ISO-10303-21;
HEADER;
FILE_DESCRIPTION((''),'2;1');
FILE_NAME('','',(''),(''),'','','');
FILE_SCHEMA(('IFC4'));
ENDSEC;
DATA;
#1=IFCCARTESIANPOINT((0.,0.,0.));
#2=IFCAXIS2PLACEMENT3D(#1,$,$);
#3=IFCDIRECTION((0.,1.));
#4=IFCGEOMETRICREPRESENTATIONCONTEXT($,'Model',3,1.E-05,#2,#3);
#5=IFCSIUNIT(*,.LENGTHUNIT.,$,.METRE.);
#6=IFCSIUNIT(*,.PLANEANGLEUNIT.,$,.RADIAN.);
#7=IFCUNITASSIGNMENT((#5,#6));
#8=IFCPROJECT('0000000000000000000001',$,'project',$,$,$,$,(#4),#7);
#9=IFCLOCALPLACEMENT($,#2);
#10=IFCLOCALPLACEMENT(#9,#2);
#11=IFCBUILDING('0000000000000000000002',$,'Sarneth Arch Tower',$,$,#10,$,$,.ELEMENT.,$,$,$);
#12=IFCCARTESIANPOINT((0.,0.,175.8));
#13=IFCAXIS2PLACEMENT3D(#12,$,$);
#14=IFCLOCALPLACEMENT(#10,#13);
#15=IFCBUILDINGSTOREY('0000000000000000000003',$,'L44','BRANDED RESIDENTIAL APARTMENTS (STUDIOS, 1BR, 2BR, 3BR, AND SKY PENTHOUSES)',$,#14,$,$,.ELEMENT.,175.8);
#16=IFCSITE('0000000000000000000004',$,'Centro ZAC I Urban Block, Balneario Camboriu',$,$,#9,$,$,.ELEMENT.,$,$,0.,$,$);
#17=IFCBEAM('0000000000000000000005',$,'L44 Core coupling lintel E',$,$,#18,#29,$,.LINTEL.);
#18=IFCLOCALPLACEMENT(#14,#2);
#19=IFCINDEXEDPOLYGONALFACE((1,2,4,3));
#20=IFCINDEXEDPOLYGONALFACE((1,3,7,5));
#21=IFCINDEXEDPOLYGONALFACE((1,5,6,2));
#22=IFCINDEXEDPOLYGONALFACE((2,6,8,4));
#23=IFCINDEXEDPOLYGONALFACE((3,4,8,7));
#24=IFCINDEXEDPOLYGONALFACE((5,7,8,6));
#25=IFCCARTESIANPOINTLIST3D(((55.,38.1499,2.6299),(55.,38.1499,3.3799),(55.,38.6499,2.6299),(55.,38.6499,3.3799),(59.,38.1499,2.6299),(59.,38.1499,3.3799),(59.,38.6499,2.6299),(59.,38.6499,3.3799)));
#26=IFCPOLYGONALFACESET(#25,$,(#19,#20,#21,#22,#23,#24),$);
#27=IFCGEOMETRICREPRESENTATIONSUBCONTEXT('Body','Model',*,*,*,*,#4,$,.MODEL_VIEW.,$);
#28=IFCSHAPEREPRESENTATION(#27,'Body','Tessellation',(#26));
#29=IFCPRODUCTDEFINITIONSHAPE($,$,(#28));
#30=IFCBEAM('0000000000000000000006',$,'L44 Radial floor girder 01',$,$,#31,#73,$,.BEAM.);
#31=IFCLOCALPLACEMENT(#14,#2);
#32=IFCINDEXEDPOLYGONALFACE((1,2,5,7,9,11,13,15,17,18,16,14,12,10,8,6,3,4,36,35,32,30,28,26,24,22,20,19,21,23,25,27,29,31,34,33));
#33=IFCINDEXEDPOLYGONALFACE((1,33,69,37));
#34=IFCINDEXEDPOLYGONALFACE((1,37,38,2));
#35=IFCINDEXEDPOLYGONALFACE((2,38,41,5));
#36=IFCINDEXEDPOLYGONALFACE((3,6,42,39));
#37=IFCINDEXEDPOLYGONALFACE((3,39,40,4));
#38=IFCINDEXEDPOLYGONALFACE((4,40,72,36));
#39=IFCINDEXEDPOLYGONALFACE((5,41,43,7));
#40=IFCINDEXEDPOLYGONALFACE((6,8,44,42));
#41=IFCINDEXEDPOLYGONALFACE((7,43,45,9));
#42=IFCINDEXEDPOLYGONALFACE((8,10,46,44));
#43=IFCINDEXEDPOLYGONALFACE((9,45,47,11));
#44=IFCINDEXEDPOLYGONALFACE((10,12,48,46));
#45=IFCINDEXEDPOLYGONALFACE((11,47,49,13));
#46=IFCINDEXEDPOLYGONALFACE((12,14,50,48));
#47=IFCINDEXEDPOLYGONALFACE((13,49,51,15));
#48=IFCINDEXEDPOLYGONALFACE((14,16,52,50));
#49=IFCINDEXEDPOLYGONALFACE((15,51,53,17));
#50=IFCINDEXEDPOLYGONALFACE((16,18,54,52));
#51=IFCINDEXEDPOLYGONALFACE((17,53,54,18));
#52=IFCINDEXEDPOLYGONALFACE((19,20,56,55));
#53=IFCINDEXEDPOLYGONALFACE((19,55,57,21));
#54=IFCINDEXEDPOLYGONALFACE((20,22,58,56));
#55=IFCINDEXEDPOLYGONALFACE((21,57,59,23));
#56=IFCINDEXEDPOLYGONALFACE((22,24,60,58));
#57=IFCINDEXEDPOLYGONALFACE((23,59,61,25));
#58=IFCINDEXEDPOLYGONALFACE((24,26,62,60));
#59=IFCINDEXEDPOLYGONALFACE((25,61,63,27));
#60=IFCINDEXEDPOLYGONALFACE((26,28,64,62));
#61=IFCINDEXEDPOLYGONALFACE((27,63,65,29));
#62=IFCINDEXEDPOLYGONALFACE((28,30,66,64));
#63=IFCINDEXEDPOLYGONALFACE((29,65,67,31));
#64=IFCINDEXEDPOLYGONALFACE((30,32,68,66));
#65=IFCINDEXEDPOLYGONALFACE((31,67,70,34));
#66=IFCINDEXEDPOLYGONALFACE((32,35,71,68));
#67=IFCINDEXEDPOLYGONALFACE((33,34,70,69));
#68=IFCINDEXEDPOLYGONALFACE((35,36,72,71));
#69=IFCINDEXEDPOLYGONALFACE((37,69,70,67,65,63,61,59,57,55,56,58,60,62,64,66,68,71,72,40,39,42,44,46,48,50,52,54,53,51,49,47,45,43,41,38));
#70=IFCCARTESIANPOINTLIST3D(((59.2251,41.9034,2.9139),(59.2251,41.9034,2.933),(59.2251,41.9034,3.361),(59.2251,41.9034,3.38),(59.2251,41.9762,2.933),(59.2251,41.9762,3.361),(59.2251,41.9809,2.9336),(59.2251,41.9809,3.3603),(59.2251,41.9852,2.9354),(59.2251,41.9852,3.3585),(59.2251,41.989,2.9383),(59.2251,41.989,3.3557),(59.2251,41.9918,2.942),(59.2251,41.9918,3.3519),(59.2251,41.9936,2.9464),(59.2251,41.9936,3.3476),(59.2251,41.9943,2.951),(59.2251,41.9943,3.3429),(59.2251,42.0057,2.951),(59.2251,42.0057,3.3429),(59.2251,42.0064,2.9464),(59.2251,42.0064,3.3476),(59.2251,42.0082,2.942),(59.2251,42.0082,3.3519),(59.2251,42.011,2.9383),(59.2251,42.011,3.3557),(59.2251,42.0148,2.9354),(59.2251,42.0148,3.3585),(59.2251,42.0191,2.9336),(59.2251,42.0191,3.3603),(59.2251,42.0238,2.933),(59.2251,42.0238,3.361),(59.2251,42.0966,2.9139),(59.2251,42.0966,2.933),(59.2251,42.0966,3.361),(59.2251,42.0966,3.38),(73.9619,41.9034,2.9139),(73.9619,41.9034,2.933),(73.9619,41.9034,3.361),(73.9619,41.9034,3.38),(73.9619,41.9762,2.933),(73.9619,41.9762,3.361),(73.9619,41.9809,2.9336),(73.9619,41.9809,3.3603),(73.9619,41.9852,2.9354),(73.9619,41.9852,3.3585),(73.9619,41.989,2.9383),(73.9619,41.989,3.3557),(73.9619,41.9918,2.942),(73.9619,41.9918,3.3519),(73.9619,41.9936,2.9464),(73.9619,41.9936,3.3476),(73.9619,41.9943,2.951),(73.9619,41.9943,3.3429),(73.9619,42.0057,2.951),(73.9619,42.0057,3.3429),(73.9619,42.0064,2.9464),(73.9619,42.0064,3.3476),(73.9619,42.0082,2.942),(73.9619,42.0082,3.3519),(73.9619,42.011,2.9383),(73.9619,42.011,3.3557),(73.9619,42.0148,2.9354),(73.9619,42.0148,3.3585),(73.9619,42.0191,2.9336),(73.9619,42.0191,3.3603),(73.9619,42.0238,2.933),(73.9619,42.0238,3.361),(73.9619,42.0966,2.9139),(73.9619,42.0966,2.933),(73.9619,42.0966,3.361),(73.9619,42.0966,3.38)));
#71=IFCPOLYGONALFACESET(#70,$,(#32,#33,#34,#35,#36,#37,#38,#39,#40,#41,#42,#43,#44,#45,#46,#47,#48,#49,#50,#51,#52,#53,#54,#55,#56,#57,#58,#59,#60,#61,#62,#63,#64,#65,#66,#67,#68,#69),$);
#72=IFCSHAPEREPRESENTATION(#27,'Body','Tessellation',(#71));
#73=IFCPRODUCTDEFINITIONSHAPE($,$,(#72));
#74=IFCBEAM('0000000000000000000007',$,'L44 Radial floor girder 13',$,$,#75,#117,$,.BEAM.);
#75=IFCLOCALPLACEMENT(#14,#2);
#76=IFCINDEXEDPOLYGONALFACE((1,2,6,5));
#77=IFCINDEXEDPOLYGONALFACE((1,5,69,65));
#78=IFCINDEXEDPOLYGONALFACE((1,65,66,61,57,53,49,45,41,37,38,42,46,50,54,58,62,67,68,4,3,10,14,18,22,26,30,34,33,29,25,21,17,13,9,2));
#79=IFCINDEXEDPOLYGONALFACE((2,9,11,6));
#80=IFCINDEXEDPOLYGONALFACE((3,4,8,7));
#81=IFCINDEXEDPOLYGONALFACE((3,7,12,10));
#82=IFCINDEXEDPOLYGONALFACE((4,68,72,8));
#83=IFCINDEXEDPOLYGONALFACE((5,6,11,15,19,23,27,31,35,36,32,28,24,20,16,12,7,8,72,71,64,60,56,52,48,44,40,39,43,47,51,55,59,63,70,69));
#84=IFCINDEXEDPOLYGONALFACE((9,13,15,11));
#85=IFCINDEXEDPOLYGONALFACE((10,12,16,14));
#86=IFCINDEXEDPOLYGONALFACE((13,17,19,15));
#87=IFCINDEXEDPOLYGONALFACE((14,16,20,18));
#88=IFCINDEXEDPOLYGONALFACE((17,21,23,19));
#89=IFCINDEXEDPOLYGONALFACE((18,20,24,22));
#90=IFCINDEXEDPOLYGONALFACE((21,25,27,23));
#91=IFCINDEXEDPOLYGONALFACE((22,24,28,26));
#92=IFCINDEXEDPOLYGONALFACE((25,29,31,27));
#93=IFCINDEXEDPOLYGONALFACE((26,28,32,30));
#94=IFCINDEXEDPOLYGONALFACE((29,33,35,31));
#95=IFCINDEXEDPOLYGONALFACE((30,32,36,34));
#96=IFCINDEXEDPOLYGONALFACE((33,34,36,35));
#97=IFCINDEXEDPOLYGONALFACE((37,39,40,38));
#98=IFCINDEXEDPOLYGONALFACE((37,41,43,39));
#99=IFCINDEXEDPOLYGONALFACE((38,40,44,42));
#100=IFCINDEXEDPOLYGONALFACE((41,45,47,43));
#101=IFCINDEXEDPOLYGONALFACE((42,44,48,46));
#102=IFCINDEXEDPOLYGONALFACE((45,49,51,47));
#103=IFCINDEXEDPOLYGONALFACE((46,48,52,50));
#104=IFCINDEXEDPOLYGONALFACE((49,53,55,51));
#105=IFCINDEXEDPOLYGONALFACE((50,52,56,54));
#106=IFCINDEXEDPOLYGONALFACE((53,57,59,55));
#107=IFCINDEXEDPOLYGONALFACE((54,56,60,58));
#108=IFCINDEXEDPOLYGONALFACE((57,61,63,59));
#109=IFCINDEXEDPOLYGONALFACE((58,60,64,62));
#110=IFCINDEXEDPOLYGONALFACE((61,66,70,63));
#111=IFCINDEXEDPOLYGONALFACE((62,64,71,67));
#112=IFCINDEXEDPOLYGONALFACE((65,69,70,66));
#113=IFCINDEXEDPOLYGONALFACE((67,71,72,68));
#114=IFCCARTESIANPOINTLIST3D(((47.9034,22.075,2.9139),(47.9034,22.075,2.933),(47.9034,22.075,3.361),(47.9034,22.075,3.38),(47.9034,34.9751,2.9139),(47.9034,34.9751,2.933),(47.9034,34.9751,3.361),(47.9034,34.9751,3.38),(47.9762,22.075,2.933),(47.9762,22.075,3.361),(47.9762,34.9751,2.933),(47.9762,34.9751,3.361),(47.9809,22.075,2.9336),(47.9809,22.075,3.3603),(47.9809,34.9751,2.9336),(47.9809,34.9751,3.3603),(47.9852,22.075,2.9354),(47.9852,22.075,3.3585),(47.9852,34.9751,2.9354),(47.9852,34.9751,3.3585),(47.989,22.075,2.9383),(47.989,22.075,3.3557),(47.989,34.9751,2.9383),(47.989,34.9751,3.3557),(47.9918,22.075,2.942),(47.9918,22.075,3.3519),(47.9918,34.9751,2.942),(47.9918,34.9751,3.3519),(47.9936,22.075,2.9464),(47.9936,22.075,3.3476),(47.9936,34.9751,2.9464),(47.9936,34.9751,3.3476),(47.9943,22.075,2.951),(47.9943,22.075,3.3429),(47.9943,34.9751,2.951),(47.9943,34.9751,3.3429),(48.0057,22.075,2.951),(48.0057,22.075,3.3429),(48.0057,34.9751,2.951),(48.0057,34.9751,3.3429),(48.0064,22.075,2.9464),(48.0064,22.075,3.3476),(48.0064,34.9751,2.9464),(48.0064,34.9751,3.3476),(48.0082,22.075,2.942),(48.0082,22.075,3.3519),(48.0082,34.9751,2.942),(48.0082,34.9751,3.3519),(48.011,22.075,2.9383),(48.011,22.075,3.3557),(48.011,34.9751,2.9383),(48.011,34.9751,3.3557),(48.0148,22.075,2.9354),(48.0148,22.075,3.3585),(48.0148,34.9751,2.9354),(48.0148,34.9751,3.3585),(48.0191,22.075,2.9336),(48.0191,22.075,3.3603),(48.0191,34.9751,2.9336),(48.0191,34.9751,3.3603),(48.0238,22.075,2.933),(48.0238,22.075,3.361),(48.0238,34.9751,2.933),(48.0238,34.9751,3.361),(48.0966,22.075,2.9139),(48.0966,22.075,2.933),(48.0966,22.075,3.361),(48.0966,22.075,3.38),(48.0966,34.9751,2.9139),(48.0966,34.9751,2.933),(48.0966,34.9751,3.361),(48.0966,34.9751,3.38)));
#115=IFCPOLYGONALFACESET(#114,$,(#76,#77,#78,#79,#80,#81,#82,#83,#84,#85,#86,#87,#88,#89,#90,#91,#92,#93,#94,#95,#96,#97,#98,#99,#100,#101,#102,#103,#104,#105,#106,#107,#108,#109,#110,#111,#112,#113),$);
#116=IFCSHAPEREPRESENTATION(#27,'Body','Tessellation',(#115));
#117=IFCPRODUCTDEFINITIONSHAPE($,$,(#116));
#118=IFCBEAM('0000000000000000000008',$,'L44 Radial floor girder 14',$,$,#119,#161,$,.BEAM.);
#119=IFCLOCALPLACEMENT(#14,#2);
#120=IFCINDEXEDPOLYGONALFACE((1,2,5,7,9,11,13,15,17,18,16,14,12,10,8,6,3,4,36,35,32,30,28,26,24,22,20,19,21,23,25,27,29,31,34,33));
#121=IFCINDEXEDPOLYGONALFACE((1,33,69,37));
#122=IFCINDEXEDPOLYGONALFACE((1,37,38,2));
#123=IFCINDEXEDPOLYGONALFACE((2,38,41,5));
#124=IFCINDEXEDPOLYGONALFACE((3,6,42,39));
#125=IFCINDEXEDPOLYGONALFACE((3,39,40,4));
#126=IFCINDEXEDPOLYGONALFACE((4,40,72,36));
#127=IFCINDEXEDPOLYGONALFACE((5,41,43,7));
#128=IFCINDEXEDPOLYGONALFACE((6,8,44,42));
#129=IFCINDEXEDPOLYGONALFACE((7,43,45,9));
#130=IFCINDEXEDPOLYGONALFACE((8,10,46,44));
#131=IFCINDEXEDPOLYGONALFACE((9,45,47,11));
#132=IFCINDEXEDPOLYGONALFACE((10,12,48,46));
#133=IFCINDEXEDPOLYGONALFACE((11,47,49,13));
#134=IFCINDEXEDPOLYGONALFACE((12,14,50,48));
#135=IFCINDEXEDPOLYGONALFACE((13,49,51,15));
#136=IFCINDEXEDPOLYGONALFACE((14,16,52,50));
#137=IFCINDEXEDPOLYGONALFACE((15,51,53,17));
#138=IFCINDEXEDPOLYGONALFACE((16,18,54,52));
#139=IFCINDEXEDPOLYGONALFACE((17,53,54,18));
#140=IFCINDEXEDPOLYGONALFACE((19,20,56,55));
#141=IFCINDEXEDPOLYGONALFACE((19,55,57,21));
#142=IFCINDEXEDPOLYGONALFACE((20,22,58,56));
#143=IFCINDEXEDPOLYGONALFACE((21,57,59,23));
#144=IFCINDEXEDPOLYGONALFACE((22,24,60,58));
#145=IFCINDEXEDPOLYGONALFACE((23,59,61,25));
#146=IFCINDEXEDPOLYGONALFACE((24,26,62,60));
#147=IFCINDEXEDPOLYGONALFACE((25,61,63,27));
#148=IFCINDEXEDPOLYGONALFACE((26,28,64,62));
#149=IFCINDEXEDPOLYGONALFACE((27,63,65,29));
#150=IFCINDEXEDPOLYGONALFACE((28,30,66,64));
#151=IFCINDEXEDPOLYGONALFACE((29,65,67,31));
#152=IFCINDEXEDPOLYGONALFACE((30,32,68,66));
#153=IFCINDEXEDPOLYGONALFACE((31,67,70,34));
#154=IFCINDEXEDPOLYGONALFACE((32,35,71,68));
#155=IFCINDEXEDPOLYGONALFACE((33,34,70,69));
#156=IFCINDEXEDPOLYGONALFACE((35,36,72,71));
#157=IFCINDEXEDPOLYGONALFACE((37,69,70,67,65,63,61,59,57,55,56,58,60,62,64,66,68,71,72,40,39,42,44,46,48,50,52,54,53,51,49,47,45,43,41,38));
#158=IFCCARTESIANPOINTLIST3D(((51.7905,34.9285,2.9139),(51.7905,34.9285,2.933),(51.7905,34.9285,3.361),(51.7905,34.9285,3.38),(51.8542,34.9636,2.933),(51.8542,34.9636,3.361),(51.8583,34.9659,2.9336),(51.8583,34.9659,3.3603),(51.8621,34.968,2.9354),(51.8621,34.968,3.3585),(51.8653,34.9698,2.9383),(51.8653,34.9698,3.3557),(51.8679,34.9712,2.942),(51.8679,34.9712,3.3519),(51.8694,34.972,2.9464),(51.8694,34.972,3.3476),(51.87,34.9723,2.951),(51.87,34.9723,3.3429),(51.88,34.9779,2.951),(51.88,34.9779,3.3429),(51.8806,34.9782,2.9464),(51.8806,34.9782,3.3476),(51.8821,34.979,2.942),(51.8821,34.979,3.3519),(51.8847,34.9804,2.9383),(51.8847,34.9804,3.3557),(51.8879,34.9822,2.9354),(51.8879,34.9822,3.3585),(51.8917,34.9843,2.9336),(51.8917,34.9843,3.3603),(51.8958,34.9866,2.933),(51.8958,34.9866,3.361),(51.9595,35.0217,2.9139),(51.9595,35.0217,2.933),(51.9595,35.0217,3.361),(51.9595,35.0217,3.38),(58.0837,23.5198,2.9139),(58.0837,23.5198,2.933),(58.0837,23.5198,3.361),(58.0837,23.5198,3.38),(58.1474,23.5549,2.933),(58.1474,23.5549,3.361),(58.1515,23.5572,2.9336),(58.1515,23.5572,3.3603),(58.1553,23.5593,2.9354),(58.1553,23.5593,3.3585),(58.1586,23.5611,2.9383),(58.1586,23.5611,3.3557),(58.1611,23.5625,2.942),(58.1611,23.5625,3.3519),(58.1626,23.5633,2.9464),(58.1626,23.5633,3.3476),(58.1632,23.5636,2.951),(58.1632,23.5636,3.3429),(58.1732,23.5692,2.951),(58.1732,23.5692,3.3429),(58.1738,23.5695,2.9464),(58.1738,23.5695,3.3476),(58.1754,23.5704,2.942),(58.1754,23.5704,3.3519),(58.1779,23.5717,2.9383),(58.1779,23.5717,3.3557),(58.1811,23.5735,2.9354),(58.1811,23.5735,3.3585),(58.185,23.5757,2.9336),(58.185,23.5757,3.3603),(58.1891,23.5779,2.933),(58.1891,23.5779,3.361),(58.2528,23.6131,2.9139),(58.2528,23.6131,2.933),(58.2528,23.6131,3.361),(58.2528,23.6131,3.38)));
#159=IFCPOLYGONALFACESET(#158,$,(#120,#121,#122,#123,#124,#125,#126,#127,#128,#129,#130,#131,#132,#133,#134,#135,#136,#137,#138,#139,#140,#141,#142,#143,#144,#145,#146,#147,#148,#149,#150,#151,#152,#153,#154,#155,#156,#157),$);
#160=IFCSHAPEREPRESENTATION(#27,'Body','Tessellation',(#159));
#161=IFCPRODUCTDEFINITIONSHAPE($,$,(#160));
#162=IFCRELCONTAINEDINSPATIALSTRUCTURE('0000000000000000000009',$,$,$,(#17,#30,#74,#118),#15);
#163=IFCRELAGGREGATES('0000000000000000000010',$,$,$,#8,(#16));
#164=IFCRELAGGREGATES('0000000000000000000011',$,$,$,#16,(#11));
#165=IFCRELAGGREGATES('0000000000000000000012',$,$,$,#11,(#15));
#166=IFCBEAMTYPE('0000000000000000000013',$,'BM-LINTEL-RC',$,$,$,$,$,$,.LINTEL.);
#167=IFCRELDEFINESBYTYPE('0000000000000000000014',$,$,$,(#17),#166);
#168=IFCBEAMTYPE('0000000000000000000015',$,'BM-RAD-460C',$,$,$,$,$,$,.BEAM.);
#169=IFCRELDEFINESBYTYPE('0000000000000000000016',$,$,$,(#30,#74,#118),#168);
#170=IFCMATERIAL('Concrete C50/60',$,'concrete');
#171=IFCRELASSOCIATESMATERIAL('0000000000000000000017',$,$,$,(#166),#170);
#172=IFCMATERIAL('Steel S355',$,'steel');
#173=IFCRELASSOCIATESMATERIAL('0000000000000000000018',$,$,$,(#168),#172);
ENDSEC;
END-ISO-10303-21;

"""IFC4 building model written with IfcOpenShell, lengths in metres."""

from ifc_helpers import new_model, si_unit, direction, frame, origin, origin_2d, place, context, subcontext, project, spatial, rectangle, i_section, extrude, material, material_profile, profile_set, type_object, element, save


model = new_model("IFC4")

# Units and contexts
model_context = context("Model", 3, precision=1e-05, world=origin(), true_north=direction((0.0, 1.0)))
body_context = subcontext(model_context, "Body", "Model", "MODEL_VIEW")
ifc_project = project(units=[si_unit("LENGTHUNIT", "METRE"), si_unit("PLANEANGLEUNIT", "RADIAN")], contexts=[model_context])

# Site, building, storey
site_placement = place(None, origin())
site = spatial("IfcSite", under=ifc_project, at=site_placement, Name="Centro ZAC I Urban Block, Balneario Camboriu", CompositionType="ELEMENT", RefElevation=0.0)
building_placement = place(site_placement, origin())
building = spatial("IfcBuilding", under=site, at=building_placement, Name="Sarneth Arch Tower", CompositionType="ELEMENT")
storey_placement = place(building_placement, frame((0.0, 0.0, 175.8)))
storey = spatial("IfcBuildingStorey", under=building, at=storey_placement, Name="L44", Description="BRANDED RESIDENTIAL APARTMENTS (STUDIOS, 1BR, 2BR, 3BR, AND SKY PENTHOUSES)", CompositionType="ELEMENT", Elevation=175.8)

# Beams
ifc_material_1 = material(Name="Concrete C50/60", Category="concrete")
ifc_material_profile_1 = material_profile(ifc_material_1, rectangle(XDim=0.5, YDim=0.75, at=origin_2d()), Name="RC-500x750")
ifc_profile_set_1 = profile_set([ifc_material_profile_1], Name="Concrete C50/60")
beam_type_1 = type_object("IfcBeamType", Name="BM-LINTEL-RC", PredefinedType="LINTEL", material=ifc_profile_set_1)
beam_1_placement = place(storey_placement, frame((55.0, 38.3999, 3.0049), z_axis=(1.0, 0.0, 0.0), x_axis=(0.0, 1.0, 0.0)))
element("IfcBeam", 1, at=beam_1_placement, inside=storey, type_object=beam_type_1, Name="L44 Core coupling lintel E", PredefinedType="LINTEL", context=body_context, shape_type="SweptSolid", body=[
    extrude(rectangle(XDim=0.5, YDim=0.75, at=origin_2d()), origin(), (0.0, 0.0, 1.0), 4.0),
])
ifc_material_2 = material(Name="Steel S355", Category="steel")
ifc_material_profile_2 = material_profile(ifc_material_2, i_section(OverallWidth=0.1931, OverallDepth=0.4661, WebThickness=0.0115, FlangeThickness=0.019, FilletRadius=0.0181, at=origin_2d()), Name="W460x97")
ifc_profile_set_2 = profile_set([ifc_material_profile_2], Name="Steel S355")
beam_type_2 = type_object("IfcBeamType", Name="BM-RAD-460C", PredefinedType="BEAM", material=ifc_profile_set_2)
beam_2_placement = place(storey_placement, frame((59.2251, 42.0, 3.147), z_axis=(1.0, 0.0, 0.0), x_axis=(0.0, 1.0, 0.0)))
element("IfcBeam", 2, at=beam_2_placement, inside=storey, type_object=beam_type_2, Name="L44 Radial floor girder 01", PredefinedType="BEAM", context=body_context, shape_type="SweptSolid", body=[
    extrude(i_section(OverallWidth=0.1931, OverallDepth=0.4661, WebThickness=0.0115, FlangeThickness=0.019, FilletRadius=0.0181, at=origin_2d()), origin(), (0.0, 0.0, 1.0), 14.7368),
])
beam_3_placement = place(storey_placement, frame((48.0, 34.9751, 3.147), z_axis=(0.0, -1.0, 0.0), x_axis=(1.0, 0.0, 0.0)))
element("IfcBeam", 3, at=beam_3_placement, inside=storey, type_object=beam_type_2, Name="L44 Radial floor girder 13", PredefinedType="BEAM", context=body_context, shape_type="SweptSolid", body=[
    extrude(i_section(OverallWidth=0.1931, OverallDepth=0.4661, WebThickness=0.0115, FlangeThickness=0.019, FilletRadius=0.0181, at=origin_2d()), origin(), (0.0, 0.0, 1.0), 12.9001),
])
beam_4_placement = place(storey_placement, frame((51.875, 34.9751, 3.147), z_axis=(0.483005, -0.875618, 0.0), x_axis=(0.875618, 0.483005, 0.0)))
element("IfcBeam", 4, at=beam_4_placement, inside=storey, type_object=beam_type_2, Name="L44 Radial floor girder 14", PredefinedType="BEAM", context=body_context, shape_type="SweptSolid", body=[
    extrude(i_section(OverallWidth=0.1931, OverallDepth=0.4661, WebThickness=0.0115, FlangeThickness=0.019, FilletRadius=0.0181, at=origin_2d()), origin(), (0.0, 0.0, 1.0), 13.0293),
])

save(model, "model.ifc")
